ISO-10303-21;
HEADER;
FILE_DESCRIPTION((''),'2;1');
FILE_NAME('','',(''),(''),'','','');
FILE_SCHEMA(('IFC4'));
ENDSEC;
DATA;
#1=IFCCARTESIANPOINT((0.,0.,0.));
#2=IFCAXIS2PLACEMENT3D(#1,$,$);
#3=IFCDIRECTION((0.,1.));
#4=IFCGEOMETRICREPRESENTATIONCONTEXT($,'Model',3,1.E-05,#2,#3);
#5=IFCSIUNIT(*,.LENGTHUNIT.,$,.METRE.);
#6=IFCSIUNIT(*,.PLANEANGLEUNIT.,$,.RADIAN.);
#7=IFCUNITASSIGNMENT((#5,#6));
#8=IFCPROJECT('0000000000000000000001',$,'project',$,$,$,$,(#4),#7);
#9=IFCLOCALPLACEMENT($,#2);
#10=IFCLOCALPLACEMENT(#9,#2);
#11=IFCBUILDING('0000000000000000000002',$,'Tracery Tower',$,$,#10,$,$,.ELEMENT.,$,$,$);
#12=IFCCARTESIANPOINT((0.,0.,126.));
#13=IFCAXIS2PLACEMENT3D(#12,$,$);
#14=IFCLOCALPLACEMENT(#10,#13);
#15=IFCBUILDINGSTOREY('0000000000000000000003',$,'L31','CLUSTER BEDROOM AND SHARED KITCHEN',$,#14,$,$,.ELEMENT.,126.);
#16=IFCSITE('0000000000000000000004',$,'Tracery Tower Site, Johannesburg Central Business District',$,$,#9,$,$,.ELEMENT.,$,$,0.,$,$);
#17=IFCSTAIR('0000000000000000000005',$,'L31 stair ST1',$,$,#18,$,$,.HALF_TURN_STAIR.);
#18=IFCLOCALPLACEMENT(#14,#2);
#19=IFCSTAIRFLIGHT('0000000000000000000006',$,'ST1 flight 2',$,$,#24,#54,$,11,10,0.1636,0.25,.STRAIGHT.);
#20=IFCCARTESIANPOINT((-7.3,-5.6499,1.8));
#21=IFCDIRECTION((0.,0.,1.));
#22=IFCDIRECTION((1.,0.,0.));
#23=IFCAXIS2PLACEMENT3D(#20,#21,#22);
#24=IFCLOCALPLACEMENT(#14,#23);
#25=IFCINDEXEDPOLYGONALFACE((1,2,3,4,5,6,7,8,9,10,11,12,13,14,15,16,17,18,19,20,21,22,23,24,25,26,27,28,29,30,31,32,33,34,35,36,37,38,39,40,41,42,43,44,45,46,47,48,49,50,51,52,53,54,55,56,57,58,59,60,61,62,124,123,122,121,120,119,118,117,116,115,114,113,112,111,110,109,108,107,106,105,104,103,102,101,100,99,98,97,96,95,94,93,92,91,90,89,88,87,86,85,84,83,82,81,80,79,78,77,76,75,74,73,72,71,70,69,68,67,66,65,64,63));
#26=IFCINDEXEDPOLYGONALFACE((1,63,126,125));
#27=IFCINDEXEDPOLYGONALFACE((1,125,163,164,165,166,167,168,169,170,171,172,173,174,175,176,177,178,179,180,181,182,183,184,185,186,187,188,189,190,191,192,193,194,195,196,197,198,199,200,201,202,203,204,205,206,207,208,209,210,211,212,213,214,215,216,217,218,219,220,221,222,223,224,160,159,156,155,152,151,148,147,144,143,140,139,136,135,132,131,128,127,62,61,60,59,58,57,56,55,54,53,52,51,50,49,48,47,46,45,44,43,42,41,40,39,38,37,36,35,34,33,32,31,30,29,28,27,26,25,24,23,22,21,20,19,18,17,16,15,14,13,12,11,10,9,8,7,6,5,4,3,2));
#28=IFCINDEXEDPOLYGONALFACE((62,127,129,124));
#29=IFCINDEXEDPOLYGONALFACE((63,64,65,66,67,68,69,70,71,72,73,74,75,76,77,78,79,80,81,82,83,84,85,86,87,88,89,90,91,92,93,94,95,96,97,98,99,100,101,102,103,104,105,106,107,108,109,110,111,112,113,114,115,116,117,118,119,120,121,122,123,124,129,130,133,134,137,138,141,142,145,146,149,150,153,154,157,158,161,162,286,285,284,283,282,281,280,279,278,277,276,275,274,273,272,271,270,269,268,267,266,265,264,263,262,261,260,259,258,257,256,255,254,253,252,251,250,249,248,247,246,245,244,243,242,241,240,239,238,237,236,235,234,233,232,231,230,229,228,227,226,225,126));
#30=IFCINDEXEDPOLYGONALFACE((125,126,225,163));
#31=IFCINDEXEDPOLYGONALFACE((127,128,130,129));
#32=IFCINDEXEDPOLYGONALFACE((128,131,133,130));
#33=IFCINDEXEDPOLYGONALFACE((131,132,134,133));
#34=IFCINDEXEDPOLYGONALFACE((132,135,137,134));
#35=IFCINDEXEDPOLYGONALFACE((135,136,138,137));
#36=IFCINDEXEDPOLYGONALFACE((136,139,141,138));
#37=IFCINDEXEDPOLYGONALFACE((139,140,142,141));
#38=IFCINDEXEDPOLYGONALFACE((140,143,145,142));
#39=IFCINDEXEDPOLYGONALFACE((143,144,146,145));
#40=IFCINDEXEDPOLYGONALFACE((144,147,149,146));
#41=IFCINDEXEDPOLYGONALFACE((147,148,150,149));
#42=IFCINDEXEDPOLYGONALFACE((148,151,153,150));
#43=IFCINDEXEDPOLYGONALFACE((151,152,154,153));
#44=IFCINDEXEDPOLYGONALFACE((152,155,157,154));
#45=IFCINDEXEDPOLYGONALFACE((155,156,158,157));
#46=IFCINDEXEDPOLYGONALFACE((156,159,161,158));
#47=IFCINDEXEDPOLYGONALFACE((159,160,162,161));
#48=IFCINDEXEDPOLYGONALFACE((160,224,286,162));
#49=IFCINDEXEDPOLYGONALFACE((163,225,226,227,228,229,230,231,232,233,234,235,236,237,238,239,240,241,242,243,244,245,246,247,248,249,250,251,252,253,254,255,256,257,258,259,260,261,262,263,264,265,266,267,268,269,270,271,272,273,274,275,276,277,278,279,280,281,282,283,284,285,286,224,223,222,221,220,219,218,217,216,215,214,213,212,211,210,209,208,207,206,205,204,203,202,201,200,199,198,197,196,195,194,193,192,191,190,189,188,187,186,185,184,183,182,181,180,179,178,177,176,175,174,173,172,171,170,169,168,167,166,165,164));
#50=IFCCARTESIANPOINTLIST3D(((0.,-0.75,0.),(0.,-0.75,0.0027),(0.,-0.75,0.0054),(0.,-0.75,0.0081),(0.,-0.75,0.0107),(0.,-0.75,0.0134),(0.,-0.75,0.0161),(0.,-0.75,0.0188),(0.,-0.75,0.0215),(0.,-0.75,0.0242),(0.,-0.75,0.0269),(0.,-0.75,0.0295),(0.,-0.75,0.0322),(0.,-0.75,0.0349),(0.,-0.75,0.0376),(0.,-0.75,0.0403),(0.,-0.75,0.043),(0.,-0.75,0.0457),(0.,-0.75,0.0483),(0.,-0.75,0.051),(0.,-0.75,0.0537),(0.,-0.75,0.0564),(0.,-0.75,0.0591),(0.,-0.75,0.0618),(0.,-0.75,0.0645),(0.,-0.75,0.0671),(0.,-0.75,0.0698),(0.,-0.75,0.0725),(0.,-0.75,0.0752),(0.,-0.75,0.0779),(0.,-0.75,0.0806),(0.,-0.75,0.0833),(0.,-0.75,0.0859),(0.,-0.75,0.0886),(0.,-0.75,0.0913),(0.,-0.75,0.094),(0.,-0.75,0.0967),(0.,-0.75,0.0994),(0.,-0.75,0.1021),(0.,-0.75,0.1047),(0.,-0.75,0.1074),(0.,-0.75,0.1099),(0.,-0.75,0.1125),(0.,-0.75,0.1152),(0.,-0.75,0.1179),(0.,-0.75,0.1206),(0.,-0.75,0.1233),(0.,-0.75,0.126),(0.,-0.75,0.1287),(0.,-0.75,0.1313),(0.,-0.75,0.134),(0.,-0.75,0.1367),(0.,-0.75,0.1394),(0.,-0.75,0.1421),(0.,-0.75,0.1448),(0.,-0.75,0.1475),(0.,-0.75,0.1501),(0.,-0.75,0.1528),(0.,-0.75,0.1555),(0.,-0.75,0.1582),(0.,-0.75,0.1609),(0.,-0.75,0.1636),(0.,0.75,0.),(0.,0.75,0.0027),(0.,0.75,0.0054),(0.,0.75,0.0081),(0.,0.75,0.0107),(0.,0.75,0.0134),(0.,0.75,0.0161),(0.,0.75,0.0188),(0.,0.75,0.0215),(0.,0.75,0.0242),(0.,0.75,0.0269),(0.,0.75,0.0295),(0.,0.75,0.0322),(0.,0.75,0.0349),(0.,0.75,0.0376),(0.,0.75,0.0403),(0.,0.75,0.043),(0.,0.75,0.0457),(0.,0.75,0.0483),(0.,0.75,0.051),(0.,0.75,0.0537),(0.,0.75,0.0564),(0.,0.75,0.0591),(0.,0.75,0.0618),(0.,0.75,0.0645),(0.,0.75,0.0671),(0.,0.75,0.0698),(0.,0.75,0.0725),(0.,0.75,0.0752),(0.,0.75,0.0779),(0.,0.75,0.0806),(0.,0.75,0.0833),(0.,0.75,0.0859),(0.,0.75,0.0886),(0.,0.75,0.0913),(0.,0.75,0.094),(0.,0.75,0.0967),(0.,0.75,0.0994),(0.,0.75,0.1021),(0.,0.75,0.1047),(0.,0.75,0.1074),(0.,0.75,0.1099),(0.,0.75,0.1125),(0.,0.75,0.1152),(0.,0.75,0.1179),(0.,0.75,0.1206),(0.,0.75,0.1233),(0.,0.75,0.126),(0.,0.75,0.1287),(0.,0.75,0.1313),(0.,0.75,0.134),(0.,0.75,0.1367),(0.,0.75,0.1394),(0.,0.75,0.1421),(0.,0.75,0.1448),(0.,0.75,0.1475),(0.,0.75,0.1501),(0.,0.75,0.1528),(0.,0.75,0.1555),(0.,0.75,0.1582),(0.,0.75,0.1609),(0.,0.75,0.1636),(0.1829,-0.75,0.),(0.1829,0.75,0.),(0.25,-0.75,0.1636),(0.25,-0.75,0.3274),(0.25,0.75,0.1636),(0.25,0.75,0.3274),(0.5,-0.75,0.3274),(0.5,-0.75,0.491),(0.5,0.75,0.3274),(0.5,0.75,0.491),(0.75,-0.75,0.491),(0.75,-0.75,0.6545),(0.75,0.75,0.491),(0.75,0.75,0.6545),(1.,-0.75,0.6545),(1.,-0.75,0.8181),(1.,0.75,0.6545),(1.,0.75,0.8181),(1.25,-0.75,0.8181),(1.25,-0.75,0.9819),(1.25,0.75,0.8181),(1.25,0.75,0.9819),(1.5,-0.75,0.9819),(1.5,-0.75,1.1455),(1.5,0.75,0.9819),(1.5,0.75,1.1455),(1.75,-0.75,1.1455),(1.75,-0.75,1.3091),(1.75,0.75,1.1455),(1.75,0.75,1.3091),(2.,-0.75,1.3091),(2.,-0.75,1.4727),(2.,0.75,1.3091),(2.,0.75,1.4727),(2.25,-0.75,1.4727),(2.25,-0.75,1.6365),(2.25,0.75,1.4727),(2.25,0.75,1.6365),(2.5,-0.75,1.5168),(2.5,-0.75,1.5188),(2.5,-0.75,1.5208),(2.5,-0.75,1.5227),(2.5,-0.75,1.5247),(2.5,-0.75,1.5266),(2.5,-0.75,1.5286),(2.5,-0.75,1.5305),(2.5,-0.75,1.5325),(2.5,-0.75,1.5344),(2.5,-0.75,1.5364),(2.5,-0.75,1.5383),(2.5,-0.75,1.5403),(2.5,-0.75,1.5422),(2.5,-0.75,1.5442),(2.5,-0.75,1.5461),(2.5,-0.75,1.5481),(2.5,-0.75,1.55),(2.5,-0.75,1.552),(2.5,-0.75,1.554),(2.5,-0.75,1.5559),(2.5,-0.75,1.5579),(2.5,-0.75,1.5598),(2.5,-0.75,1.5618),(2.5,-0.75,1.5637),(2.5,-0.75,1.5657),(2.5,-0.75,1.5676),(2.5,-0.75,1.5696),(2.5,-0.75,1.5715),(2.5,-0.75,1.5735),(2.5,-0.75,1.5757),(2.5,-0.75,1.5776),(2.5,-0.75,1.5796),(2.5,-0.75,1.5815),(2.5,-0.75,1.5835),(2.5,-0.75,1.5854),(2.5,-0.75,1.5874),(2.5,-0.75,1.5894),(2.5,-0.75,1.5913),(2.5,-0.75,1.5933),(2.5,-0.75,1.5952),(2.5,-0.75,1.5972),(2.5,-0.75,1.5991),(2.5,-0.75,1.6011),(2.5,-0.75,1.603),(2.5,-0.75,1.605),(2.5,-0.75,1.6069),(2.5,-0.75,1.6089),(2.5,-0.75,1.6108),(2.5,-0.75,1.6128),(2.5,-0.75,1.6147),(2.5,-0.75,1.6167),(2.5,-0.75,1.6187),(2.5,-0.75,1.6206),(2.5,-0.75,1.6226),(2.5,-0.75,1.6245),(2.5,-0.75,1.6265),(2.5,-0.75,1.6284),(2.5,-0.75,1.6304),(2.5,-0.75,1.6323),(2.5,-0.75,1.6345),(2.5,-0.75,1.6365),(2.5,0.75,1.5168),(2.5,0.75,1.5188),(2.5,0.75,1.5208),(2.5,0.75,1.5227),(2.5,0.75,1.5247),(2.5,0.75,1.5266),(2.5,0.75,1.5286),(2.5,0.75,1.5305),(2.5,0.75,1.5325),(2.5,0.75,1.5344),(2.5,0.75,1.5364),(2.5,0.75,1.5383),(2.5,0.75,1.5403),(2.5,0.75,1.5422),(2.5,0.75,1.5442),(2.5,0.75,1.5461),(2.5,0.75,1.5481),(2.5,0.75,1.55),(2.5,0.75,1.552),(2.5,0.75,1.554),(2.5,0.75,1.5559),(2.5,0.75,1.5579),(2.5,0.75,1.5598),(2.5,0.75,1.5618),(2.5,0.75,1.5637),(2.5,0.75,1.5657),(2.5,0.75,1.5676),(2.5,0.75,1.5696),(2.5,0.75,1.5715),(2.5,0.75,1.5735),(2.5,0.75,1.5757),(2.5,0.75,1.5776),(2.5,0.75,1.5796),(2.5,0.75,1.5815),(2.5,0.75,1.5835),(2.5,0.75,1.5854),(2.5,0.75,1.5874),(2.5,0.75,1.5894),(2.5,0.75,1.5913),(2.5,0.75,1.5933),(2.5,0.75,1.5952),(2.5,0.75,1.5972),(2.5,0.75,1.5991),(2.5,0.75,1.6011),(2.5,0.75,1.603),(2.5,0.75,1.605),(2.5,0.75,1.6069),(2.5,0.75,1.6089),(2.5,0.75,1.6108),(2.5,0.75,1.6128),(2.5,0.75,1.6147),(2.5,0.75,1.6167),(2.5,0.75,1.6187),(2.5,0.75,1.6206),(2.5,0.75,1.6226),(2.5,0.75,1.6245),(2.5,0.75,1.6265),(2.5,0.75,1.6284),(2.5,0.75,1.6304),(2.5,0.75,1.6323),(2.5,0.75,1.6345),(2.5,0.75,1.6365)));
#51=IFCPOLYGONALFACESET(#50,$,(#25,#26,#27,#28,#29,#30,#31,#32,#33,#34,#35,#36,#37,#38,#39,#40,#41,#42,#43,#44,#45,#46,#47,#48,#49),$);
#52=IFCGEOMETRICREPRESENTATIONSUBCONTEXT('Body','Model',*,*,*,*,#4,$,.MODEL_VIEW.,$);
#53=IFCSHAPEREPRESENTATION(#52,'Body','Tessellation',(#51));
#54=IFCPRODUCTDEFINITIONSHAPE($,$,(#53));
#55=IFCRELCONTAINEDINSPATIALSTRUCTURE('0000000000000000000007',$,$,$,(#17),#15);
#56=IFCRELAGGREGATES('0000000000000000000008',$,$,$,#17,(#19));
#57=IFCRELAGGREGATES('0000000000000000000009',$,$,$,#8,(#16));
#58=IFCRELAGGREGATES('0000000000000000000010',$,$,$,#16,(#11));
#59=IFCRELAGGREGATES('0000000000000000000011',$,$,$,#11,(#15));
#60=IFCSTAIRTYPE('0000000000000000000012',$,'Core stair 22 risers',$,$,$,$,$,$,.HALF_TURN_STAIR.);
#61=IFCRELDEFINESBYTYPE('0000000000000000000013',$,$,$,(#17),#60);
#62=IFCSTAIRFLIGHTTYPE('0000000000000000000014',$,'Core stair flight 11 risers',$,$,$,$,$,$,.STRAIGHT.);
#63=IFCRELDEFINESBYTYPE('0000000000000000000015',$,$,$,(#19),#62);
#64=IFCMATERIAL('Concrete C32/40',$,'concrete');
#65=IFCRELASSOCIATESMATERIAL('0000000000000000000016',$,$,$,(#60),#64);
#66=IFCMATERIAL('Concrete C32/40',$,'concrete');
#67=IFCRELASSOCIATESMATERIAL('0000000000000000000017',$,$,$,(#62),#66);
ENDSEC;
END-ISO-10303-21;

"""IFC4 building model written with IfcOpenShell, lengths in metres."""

from ifc_helpers import new_model, si_unit, direction, frame, origin, place, context, subcontext, project, spatial, polyline, outline, extrude, material, type_object, element, aggregate, save


model = new_model("IFC4")

# Units and contexts
model_context = context("Model", 3, precision=1e-05, world=origin(), true_north=direction((0.0, 1.0)))
body_context = subcontext(model_context, "Body", "Model", "MODEL_VIEW")
ifc_project = project(units=[si_unit("LENGTHUNIT", "METRE"), si_unit("PLANEANGLEUNIT", "RADIAN")], contexts=[model_context])

# Site, building, storey
site_placement = place(None, origin())
site = spatial("IfcSite", under=ifc_project, at=site_placement, Name="Tracery Tower Site, Johannesburg Central Business District", CompositionType="ELEMENT", RefElevation=0.0)
building_placement = place(site_placement, origin())
building = spatial("IfcBuilding", under=site, at=building_placement, Name="Tracery Tower", CompositionType="ELEMENT")
storey_placement = place(building_placement, frame((0.0, 0.0, 126.0)))
storey = spatial("IfcBuildingStorey", under=building, at=storey_placement, Name="L31", Description="CLUSTER BEDROOM AND SHARED KITCHEN", CompositionType="ELEMENT", Elevation=126.0)

# Stair, stair flight
ifc_material_1 = material(Name="Concrete C32/40", Category="concrete")
stair_type = type_object("IfcStairType", Name="Core stair 22 risers", PredefinedType="HALF_TURN_STAIR", material=ifc_material_1)
stair_placement = place(storey_placement, origin())
stair = element("IfcStair", 1, at=stair_placement, inside=storey, type_object=stair_type, Name="L31 stair ST1", PredefinedType="HALF_TURN_STAIR")
ifc_material_2 = material(Name="Concrete C32/40", Category="concrete")
stair_flight_type = type_object("IfcStairFlightType", Name="Core stair flight 11 risers", PredefinedType="STRAIGHT", material=ifc_material_2)
stair_flight_1_placement = place(storey_placement, frame((-7.3, -5.6499, 1.8), z_axis=(0.0, 0.0, 1.0), x_axis=(1.0, 0.0, 0.0)))
stair_flight_1 = element("IfcStairFlight", 2, at=stair_flight_1_placement, type_object=stair_flight_type, Name="ST1 flight 2", NumberOfRisers=11, NumberOfTreads=10, PredefinedType="STRAIGHT", RiserHeight=0.1636, TreadLength=0.25, context=body_context, shape_type="SweptSolid", body=[
    extrude(outline(polyline([(0.0, 0.0), (0.0, 0.0027), (0.0, 0.0054), (0.0, 0.0081), (0.0, 0.0107), (0.0, 0.0134), (0.0, 0.0161), (0.0, 0.0188), (0.0, 0.0215), (0.0, 0.0242), (0.0, 0.0269), (0.0, 0.0295), (0.0, 0.0322), (0.0, 0.0349), (0.0, 0.0376), (0.0, 0.0403), (0.0, 0.043), (0.0, 0.0457), (0.0, 0.0483), (0.0, 0.051), (0.0, 0.0537), (0.0, 0.0564), (0.0, 0.0591), (0.0, 0.0618), (0.0, 0.0645), (0.0, 0.0671), (0.0, 0.0698), (0.0, 0.0725), (0.0, 0.0752), (0.0, 0.0779), (0.0, 0.0806), (0.0, 0.0833), (0.0, 0.0859), (0.0, 0.0886), (0.0, 0.0913), (0.0, 0.094), (0.0, 0.0967), (0.0, 0.0994), (0.0, 0.1021), (0.0, 0.1047), (0.0, 0.1074), (0.0, 0.1099), (0.0, 0.1125), (0.0, 0.1152), (0.0, 0.1179), (0.0, 0.1206), (0.0, 0.1233), (0.0, 0.126), (0.0, 0.1287), (0.0, 0.1313), (0.0, 0.134), (0.0, 0.1367), (0.0, 0.1394), (0.0, 0.1421), (0.0, 0.1448), (0.0, 0.1475), (0.0, 0.1501), (0.0, 0.1528), (0.0, 0.1555), (0.0, 0.1582), (0.0, 0.1609), (0.0, 0.1636), (0.25, 0.1636), (0.25, 0.3274), (0.5, 0.3274), (0.5, 0.491), (0.75, 0.491), (0.75, 0.6545), (1.0, 0.6545), (1.0, 0.8181), (1.25, 0.8181), (1.25, 0.9819), (1.5, 0.9819), (1.5, 1.1455), (1.75, 1.1455), (1.75, 1.3091), (2.0, 1.3091), (2.0, 1.4727), (2.25, 1.4727), (2.25, 1.6365), (2.5, 1.6365), (2.5, 1.6345), (2.5, 1.6323), (2.5, 1.6304), (2.5, 1.6284), (2.5, 1.6265), (2.5, 1.6245), (2.5, 1.6226), (2.5, 1.6206), (2.5, 1.6187), (2.5, 1.6167), (2.5, 1.6147), (2.5, 1.6128), (2.5, 1.6108), (2.5, 1.6089), (2.5, 1.6069), (2.5, 1.605), (2.5, 1.603), (2.5, 1.6011), (2.5, 1.5991), (2.5, 1.5972), (2.5, 1.5952), (2.5, 1.5933), (2.5, 1.5913), (2.5, 1.5894), (2.5, 1.5874), (2.5, 1.5854), (2.5, 1.5835), (2.5, 1.5815), (2.5, 1.5796), (2.5, 1.5776), (2.5, 1.5757), (2.5, 1.5735), (2.5, 1.5715), (2.5, 1.5696), (2.5, 1.5676), (2.5, 1.5657), (2.5, 1.5637), (2.5, 1.5618), (2.5, 1.5598), (2.5, 1.5579), (2.5, 1.5559), (2.5, 1.554), (2.5, 1.552), (2.5, 1.55), (2.5, 1.5481), (2.5, 1.5461), (2.5, 1.5442), (2.5, 1.5422), (2.5, 1.5403), (2.5, 1.5383), (2.5, 1.5364), (2.5, 1.5344), (2.5, 1.5325), (2.5, 1.5305), (2.5, 1.5286), (2.5, 1.5266), (2.5, 1.5247), (2.5, 1.5227), (2.5, 1.5208), (2.5, 1.5188), (2.5, 1.5168), (0.1829, 0.0), (0.0, 0.0)])), frame((0.0, 0.75, 0.0), z_axis=(0.0, -1.0, 0.0), x_axis=(1.0, 0.0, 0.0)), (0.0, 0.0, 1.0), 1.5),
])
aggregate(stair, [stair_flight_1])

save(model, "model.ifc")
